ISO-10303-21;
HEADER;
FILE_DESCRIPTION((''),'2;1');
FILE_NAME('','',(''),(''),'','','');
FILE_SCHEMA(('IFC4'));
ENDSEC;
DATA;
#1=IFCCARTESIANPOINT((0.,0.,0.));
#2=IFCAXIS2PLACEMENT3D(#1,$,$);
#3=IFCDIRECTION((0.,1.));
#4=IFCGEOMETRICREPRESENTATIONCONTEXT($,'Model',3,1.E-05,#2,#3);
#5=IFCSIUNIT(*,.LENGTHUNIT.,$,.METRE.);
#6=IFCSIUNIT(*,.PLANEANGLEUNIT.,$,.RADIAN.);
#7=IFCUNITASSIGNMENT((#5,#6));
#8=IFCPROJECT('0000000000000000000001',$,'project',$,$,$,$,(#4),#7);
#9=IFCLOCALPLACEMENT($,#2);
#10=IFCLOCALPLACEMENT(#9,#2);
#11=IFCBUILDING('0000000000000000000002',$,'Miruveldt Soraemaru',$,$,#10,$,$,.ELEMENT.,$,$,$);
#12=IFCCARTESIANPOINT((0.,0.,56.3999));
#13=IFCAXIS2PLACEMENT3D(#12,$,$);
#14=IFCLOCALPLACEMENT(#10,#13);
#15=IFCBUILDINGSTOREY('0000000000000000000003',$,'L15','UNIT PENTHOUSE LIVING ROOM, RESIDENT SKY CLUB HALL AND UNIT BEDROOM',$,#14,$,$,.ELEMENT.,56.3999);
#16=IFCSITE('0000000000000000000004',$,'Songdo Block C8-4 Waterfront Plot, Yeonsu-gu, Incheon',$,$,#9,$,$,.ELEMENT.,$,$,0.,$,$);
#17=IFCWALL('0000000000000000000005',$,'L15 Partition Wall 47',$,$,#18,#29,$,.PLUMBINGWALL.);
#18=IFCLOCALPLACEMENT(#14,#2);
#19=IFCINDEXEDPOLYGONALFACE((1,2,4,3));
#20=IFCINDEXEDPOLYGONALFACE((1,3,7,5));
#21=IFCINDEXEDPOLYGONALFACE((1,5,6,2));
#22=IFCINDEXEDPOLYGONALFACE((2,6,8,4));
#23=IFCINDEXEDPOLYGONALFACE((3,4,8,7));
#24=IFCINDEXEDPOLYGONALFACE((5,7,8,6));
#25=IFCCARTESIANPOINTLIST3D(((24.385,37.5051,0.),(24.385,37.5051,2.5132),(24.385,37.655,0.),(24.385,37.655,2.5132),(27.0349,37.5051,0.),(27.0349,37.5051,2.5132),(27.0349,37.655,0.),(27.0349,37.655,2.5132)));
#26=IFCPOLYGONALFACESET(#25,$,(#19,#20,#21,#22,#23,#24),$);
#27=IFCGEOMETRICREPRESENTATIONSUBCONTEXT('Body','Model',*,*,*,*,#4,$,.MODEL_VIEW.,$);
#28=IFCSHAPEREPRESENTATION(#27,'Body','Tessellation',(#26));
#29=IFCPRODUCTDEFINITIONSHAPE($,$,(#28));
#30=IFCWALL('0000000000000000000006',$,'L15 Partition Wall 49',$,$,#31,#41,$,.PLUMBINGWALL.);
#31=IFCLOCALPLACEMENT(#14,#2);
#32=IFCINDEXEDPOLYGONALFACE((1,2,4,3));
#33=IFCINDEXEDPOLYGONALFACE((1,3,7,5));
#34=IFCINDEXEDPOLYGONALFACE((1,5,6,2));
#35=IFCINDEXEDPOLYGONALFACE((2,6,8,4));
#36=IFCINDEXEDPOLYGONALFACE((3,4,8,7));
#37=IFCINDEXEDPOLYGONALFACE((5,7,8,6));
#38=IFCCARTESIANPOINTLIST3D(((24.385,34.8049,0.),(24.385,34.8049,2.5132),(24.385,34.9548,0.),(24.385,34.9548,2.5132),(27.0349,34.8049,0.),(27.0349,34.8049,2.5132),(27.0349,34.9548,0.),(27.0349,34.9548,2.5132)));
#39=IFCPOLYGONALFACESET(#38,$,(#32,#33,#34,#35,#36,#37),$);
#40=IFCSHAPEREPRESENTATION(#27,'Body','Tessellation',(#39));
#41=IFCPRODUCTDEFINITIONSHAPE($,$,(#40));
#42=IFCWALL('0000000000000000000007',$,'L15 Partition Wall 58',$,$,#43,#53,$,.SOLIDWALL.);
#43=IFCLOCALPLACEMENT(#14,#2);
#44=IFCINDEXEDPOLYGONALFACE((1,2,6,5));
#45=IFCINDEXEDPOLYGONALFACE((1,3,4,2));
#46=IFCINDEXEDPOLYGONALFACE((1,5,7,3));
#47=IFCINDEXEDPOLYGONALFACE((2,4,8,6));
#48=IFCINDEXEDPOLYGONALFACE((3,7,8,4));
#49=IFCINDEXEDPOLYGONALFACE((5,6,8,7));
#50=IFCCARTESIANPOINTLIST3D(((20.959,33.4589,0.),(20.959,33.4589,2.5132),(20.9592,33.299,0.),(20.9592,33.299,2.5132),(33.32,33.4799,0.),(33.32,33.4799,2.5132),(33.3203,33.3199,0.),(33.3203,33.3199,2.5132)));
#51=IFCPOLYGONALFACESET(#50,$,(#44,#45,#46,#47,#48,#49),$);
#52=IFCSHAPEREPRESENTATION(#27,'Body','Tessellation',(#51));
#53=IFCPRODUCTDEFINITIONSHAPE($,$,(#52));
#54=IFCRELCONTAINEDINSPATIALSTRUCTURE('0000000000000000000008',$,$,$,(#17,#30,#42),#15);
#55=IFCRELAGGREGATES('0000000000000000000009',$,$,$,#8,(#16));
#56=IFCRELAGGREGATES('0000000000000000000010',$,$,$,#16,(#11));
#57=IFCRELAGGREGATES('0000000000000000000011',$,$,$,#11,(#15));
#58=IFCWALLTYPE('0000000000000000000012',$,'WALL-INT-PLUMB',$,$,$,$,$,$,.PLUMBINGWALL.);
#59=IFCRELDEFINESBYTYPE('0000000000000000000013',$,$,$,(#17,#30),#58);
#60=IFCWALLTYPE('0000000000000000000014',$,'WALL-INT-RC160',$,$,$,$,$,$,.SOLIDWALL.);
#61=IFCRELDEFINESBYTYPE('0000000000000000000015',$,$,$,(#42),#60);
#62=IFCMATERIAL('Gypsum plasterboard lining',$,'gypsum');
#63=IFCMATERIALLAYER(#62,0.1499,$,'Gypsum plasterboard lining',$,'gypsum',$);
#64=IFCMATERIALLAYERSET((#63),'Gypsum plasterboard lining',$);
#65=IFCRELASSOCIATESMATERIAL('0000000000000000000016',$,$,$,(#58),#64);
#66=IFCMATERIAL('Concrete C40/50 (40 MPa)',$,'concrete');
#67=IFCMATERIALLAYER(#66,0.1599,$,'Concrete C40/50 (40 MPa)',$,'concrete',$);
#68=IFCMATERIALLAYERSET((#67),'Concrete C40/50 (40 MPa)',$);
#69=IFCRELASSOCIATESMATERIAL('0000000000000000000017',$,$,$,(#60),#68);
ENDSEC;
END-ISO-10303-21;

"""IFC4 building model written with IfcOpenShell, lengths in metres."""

from ifc_helpers import new_model, si_unit, direction, frame, frame_2d, origin, place, context, subcontext, project, spatial, rectangle, extrude, material, layer, layer_set, type_object, element, save


model = new_model("IFC4")

# Units and contexts
model_context = context("Model", 3, precision=1e-05, world=origin(), true_north=direction((0.0, 1.0)))
body_context = subcontext(model_context, "Body", "Model", "MODEL_VIEW")
ifc_project = project(units=[si_unit("LENGTHUNIT", "METRE"), si_unit("PLANEANGLEUNIT", "RADIAN")], contexts=[model_context])

# Site, building, storey
site_placement = place(None, origin())
site = spatial("IfcSite", under=ifc_project, at=site_placement, Name="Songdo Block C8-4 Waterfront Plot, Yeonsu-gu, Incheon", CompositionType="ELEMENT", RefElevation=0.0)
building_placement = place(site_placement, origin())
building = spatial("IfcBuilding", under=site, at=building_placement, Name="Miruveldt Soraemaru", CompositionType="ELEMENT")
storey_placement = place(building_placement, frame((0.0, 0.0, 56.3999)))
storey = spatial("IfcBuildingStorey", under=building, at=storey_placement, Name="L15", Description="UNIT PENTHOUSE LIVING ROOM, RESIDENT SKY CLUB HALL AND UNIT BEDROOM", CompositionType="ELEMENT", Elevation=56.3999)

# Shared definitions
ifc_material_1 = material(Name="Gypsum plasterboard lining", Category="gypsum")
ifc_layer_1 = layer(ifc_material_1, 0.1499, Name="Gypsum plasterboard lining", Category="gypsum")
ifc_layer_set_1 = layer_set([ifc_layer_1], Name="Gypsum plasterboard lining")
wall_type_1 = type_object("IfcWallType", Name="WALL-INT-PLUMB", PredefinedType="PLUMBINGWALL", material=ifc_layer_set_1)

# Walls
for number, where, z_axis, x_axis, name in (
    (1, (27.0349, 37.5801, 0.0), (0.0, 0.0, 1.0), (-1.0, 0.0, 0.0), "L15 Partition Wall 47"),
    (2, (24.385, 34.8799, 0.0), (0.0, 0.0, 1.0), (1.0, 0.0, 0.0), "L15 Partition Wall 49"),
):
    element("IfcWall", number, at=place(storey_placement, frame(where, z_axis=z_axis, x_axis=x_axis)), inside=storey, type_object=wall_type_1, Name=name, PredefinedType="PLUMBINGWALL", context=body_context, shape_type="SweptSolid", body=[
        extrude(rectangle(XDim=2.6499, YDim=0.1499, at=frame_2d((1.325, 0.0))), origin(), (0.0, 0.0, 1.0), 2.5132),
    ])
ifc_material_2 = material(Name="Concrete C40/50 (40 MPa)", Category="concrete")
ifc_layer_2 = layer(ifc_material_2, 0.1599, Name="Concrete C40/50 (40 MPa)", Category="concrete")
ifc_layer_set_2 = layer_set([ifc_layer_2], Name="Concrete C40/50 (40 MPa)")
wall_type_2 = type_object("IfcWallType", Name="WALL-INT-RC160", PredefinedType="SOLIDWALL", material=ifc_layer_set_2)
wall_1_placement = place(storey_placement, frame((20.959, 33.3789, 0.0), z_axis=(0.0, 0.0, 1.0), x_axis=(0.999999, 0.001699, 0.0)))
element("IfcWall", 3, at=wall_1_placement, inside=storey, type_object=wall_type_2, Name="L15 Partition Wall 58", PredefinedType="SOLIDWALL", context=body_context, shape_type="SweptSolid", body=[
    extrude(rectangle(XDim=12.3611, YDim=0.1599, at=frame_2d((6.1807, 0.0))), origin(), (0.0, 0.0, 1.0), 2.5132),
])

save(model, "model.ifc")
